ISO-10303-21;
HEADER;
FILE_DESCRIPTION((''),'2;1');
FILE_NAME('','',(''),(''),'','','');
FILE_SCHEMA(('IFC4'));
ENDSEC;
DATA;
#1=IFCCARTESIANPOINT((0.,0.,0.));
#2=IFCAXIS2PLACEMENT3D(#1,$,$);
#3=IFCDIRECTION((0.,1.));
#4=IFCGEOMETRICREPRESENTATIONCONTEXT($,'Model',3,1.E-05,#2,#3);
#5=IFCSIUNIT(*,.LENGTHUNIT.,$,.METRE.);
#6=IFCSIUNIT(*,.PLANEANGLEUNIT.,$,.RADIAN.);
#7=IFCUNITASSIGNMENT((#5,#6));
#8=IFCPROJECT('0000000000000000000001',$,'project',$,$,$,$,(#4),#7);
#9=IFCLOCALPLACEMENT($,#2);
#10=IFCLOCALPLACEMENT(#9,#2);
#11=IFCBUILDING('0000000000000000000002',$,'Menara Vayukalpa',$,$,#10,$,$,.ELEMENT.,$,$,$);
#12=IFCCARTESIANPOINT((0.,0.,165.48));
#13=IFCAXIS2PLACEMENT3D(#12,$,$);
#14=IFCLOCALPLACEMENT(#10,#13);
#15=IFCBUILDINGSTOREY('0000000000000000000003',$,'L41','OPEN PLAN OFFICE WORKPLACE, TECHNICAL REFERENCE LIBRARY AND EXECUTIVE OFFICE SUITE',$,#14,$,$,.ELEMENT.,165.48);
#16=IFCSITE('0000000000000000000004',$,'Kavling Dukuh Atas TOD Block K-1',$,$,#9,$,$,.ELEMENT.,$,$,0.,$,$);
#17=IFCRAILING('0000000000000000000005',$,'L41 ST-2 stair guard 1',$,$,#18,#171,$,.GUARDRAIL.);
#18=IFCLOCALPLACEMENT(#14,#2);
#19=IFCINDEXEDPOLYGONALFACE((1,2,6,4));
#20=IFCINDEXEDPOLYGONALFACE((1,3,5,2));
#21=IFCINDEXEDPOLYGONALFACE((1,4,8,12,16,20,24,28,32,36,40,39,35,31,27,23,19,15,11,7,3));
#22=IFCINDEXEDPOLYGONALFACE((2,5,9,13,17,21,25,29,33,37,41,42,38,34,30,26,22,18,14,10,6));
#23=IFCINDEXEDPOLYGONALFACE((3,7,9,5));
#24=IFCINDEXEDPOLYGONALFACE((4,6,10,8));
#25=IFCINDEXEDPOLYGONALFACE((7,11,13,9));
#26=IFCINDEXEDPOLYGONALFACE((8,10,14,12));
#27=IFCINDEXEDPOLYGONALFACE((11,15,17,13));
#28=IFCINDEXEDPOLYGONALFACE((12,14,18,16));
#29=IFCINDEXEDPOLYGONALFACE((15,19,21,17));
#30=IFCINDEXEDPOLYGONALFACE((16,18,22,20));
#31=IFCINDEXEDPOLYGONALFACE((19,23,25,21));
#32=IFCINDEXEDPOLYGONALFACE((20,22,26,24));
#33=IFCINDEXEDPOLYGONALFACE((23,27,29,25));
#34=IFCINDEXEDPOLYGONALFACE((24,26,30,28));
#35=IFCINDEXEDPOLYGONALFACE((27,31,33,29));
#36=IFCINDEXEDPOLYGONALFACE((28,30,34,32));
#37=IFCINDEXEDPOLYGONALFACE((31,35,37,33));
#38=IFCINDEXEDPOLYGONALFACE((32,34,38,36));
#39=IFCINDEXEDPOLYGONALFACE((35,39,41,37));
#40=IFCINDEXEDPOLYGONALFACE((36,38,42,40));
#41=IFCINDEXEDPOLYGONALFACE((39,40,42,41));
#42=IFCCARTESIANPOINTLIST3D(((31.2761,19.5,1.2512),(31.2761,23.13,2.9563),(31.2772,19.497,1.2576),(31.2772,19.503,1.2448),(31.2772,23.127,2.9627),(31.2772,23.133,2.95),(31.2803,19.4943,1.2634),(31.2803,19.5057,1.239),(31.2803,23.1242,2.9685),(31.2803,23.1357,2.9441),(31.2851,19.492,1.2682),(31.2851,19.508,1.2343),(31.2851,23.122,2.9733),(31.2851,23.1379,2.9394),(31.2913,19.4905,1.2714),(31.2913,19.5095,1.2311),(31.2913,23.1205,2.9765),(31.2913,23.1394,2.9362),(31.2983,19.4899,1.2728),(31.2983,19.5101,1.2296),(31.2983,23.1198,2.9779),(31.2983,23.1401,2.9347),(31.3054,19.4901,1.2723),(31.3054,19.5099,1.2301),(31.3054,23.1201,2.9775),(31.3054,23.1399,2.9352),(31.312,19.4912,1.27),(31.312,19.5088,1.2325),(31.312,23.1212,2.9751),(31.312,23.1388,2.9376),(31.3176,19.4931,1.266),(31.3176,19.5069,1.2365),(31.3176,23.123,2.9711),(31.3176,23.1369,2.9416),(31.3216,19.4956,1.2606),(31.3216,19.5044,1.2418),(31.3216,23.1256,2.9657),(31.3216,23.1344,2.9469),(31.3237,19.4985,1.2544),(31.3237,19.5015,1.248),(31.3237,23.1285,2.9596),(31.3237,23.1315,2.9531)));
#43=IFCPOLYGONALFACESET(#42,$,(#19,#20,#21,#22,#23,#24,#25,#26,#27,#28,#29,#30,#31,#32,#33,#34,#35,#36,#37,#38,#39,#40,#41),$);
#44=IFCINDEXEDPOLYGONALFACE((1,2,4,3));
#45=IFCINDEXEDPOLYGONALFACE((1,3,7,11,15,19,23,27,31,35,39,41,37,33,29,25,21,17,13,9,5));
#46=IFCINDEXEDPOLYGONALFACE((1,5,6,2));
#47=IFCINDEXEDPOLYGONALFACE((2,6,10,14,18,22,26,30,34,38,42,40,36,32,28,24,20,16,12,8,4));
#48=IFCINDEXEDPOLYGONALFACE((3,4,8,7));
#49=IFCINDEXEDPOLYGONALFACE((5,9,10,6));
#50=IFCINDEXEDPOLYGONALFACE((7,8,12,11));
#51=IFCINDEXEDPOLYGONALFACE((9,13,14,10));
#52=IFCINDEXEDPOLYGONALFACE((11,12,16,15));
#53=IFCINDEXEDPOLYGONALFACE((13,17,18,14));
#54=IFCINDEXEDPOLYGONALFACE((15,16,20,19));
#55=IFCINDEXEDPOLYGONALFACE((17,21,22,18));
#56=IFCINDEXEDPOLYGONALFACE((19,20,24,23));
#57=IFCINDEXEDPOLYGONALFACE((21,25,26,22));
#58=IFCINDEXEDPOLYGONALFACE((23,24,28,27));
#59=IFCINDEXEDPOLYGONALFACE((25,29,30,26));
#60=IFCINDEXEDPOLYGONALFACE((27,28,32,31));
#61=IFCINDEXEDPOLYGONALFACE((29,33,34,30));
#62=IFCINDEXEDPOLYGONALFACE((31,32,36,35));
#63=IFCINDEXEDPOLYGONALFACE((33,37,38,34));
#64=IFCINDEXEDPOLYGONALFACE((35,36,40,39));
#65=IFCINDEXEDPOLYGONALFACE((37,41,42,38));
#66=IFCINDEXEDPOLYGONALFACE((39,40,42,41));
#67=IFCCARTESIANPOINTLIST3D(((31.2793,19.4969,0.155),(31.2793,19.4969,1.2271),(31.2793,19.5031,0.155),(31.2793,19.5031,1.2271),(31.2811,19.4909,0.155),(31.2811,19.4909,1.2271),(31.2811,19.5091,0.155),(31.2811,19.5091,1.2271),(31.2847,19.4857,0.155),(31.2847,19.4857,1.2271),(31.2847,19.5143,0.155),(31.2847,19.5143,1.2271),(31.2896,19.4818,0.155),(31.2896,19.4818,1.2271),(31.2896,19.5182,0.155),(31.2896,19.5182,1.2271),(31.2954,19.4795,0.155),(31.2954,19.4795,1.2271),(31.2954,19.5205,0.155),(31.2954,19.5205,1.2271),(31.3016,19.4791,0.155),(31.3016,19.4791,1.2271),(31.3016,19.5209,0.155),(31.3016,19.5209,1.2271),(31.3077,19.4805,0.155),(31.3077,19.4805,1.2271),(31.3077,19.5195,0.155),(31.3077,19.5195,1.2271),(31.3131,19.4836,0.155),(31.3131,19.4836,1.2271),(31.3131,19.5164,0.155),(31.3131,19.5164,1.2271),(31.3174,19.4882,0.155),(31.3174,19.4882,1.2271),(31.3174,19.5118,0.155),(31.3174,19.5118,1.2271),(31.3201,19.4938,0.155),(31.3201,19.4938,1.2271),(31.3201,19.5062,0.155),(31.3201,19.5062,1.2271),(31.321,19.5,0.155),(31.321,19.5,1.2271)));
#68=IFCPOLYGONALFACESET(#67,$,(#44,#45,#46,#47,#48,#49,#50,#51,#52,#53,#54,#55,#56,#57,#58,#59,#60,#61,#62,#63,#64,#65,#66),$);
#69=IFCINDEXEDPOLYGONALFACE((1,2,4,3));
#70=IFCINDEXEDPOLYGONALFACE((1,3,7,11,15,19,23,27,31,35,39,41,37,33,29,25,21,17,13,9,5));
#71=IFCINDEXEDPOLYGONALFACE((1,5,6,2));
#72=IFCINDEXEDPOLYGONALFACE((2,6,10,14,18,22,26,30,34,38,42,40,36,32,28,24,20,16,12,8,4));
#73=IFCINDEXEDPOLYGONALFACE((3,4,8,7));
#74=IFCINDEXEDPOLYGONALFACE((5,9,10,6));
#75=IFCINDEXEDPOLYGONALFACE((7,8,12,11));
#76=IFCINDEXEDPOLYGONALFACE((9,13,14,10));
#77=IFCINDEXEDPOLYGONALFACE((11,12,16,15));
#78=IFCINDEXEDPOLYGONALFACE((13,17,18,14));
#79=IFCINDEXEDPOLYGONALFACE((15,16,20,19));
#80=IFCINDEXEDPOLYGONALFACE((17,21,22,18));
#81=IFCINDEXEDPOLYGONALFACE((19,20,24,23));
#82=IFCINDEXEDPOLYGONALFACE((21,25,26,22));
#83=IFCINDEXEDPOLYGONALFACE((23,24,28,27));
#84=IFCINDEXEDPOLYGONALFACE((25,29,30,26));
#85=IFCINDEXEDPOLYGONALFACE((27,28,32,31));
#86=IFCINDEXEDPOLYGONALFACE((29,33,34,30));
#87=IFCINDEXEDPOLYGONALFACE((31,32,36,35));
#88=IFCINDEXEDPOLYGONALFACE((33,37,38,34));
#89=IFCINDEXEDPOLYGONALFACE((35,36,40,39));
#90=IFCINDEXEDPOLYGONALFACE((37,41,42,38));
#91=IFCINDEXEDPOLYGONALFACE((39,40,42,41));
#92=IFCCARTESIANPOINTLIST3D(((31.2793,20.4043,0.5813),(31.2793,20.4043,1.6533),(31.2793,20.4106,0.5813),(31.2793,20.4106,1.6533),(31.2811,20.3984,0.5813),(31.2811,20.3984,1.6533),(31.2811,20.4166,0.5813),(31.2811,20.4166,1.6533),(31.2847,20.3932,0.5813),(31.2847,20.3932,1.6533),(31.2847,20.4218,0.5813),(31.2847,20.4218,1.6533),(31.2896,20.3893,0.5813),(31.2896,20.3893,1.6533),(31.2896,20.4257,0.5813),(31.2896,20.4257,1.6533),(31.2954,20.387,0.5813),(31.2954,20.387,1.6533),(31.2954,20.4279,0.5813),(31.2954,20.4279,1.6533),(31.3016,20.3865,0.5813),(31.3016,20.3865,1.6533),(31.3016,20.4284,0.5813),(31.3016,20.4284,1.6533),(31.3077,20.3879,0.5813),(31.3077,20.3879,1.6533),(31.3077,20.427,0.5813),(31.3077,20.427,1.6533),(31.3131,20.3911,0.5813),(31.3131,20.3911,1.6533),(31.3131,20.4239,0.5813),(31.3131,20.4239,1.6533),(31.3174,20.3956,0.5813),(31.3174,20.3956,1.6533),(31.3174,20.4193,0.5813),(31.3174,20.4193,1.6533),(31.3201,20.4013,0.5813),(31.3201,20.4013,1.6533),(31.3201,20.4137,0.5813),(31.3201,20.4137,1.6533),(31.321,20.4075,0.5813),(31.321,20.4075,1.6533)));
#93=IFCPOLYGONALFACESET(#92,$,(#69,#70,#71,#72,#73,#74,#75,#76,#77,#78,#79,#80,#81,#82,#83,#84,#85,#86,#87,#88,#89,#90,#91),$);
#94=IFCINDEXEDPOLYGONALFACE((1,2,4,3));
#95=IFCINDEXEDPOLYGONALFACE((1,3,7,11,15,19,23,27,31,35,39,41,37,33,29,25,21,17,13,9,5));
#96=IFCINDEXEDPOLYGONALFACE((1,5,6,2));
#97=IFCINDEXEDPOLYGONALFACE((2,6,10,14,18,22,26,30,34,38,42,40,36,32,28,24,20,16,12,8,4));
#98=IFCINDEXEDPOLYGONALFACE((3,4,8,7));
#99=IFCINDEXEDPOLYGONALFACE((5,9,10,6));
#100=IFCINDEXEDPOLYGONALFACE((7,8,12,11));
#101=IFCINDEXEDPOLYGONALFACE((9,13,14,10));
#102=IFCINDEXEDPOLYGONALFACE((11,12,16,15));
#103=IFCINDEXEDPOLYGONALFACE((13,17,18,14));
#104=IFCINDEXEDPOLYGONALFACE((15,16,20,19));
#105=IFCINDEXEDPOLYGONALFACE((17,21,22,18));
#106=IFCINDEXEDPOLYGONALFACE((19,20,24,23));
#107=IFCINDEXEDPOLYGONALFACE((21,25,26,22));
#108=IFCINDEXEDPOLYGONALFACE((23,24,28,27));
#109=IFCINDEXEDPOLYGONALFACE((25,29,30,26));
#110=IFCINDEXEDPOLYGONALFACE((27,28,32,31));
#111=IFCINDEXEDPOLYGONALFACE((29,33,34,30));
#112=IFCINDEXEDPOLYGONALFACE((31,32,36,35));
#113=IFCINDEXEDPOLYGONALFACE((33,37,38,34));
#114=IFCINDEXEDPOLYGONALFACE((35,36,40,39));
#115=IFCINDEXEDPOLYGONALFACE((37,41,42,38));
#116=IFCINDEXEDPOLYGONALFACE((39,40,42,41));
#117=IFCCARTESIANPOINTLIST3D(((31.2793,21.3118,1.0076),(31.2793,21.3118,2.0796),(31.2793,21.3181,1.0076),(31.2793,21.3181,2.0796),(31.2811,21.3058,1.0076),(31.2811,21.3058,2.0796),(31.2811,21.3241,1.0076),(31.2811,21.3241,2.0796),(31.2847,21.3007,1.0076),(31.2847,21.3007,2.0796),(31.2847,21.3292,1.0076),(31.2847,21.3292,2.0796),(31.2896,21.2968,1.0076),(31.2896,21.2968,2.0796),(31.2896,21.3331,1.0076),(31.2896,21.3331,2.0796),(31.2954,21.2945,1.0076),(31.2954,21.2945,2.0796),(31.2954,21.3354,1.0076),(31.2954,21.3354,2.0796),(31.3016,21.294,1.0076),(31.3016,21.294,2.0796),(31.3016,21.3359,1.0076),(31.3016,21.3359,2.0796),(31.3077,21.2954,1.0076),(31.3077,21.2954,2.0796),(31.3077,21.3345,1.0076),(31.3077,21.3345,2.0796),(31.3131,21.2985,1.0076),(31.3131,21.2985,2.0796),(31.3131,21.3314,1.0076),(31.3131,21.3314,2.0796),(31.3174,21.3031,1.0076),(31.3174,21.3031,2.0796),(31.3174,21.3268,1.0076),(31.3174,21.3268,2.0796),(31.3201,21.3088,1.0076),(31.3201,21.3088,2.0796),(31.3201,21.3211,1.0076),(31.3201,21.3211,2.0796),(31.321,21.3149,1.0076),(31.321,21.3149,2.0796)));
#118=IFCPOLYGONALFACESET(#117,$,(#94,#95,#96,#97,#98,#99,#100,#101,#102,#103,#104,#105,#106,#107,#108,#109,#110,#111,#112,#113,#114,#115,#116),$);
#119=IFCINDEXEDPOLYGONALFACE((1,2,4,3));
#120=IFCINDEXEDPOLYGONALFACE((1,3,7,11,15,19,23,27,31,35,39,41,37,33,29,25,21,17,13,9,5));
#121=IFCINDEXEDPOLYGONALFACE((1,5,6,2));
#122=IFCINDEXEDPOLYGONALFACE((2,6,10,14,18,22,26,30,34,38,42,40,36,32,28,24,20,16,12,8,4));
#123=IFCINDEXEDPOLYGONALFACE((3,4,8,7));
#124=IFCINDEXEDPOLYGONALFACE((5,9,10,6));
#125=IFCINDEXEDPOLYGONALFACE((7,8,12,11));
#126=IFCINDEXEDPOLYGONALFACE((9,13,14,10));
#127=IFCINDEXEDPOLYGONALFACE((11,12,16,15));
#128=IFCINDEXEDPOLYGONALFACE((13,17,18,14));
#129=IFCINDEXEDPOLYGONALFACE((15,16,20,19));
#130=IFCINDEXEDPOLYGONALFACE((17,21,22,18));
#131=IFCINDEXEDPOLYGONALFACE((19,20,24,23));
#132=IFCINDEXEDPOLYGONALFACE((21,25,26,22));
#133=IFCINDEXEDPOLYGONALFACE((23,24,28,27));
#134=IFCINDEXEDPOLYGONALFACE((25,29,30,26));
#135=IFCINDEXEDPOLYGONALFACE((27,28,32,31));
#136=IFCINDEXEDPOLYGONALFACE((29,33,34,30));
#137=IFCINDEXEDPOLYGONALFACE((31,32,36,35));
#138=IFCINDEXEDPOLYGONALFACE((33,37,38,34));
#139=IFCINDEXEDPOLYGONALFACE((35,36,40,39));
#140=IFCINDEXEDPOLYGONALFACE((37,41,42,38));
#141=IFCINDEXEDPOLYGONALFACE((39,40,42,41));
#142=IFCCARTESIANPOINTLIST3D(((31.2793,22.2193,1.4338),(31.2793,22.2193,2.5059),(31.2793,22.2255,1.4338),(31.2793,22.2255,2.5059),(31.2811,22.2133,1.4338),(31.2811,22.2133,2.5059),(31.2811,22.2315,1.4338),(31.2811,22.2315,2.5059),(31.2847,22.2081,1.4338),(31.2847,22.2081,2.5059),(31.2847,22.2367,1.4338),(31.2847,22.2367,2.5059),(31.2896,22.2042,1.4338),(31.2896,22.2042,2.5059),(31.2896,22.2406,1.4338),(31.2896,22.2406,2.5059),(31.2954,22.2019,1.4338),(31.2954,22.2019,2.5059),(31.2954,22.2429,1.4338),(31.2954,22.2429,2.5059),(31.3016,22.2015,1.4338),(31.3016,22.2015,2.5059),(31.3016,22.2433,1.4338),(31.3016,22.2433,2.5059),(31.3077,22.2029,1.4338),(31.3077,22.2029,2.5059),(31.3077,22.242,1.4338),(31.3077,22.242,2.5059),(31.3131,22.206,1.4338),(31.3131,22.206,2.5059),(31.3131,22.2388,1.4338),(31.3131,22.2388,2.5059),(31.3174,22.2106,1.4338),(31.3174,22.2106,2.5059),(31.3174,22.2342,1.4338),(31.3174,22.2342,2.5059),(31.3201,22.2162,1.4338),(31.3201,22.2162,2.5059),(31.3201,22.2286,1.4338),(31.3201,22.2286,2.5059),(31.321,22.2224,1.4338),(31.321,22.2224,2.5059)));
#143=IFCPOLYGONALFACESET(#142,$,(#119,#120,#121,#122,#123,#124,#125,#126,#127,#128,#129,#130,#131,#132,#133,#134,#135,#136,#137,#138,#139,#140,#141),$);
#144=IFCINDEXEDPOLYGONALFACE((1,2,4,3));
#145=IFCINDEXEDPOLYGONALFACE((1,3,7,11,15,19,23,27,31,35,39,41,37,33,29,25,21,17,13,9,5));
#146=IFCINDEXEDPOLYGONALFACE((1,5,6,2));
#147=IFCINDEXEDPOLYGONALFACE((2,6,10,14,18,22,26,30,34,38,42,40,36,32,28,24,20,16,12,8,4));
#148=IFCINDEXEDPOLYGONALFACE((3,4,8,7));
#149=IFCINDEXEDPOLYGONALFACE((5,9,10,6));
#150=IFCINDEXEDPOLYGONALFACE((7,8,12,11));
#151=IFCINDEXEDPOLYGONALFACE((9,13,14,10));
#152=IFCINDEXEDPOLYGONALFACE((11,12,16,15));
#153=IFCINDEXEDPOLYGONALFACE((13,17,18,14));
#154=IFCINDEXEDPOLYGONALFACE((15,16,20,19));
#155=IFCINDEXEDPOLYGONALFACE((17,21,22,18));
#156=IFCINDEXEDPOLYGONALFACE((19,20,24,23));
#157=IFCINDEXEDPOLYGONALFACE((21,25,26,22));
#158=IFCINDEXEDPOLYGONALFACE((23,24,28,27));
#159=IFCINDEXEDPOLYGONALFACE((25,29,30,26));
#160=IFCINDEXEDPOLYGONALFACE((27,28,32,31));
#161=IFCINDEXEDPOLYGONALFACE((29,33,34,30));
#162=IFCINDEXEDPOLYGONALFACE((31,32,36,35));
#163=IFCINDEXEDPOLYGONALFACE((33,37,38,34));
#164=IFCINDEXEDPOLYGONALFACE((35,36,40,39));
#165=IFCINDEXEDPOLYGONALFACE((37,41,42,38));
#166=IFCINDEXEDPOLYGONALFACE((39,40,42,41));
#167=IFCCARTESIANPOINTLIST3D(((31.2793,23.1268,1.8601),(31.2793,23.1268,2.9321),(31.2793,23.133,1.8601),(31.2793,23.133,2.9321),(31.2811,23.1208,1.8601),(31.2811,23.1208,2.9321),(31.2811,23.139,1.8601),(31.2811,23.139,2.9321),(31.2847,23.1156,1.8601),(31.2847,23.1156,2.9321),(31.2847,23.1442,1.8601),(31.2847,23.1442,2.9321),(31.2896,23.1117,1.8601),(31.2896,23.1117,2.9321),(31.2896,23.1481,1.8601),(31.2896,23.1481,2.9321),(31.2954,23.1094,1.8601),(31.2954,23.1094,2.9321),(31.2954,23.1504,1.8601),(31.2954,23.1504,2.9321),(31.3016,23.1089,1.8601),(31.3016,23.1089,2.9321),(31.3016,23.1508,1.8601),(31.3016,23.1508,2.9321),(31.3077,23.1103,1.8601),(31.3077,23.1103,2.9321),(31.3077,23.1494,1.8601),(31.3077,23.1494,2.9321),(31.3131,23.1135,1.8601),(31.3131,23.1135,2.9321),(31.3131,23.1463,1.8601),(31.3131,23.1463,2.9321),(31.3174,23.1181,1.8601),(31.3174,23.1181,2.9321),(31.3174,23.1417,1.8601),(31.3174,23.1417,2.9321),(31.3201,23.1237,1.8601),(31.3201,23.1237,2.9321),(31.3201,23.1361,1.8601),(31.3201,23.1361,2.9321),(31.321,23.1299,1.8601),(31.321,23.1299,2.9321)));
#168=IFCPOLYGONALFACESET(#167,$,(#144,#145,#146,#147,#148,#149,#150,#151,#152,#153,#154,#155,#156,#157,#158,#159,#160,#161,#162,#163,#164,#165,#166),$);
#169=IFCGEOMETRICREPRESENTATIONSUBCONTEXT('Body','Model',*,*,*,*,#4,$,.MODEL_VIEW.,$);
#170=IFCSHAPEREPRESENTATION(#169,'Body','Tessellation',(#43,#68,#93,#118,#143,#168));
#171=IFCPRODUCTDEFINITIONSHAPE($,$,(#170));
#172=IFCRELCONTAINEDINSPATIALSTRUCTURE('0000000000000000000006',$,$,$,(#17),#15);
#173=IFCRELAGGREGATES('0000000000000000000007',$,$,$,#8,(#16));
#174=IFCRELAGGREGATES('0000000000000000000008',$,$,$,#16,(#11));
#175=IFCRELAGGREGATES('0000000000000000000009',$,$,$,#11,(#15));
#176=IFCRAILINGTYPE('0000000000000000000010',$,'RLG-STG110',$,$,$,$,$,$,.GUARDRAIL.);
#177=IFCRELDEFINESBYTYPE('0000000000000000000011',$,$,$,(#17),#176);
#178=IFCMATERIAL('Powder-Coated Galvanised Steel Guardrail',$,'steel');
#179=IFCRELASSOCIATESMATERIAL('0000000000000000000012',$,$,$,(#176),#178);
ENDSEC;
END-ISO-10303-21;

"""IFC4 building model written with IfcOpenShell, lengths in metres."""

from ifc_helpers import new_model, si_unit, direction, frame, origin, origin_2d, place, context, subcontext, project, spatial, circle, extrude, material, type_object, element, save


model = new_model("IFC4")

# Units and contexts
model_context = context("Model", 3, precision=1e-05, world=origin(), true_north=direction((0.0, 1.0)))
body_context = subcontext(model_context, "Body", "Model", "MODEL_VIEW")
ifc_project = project(units=[si_unit("LENGTHUNIT", "METRE"), si_unit("PLANEANGLEUNIT", "RADIAN")], contexts=[model_context])

# Site, building, storey
site_placement = place(None, origin())
site = spatial("IfcSite", under=ifc_project, at=site_placement, Name="Kavling Dukuh Atas TOD Block K-1", CompositionType="ELEMENT", RefElevation=0.0)
building_placement = place(site_placement, origin())
building = spatial("IfcBuilding", under=site, at=building_placement, Name="Menara Vayukalpa", CompositionType="ELEMENT")
storey_placement = place(building_placement, frame((0.0, 0.0, 165.48)))
storey = spatial("IfcBuildingStorey", under=building, at=storey_placement, Name="L41", Description="OPEN PLAN OFFICE WORKPLACE, TECHNICAL REFERENCE LIBRARY AND EXECUTIVE OFFICE SUITE", CompositionType="ELEMENT", Elevation=165.48)

# Railing
ifc_material_1 = material(Name="Powder-Coated Galvanised Steel Guardrail", Category="steel")
railing_type = type_object("IfcRailingType", Name="RLG-STG110", PredefinedType="GUARDRAIL", material=ifc_material_1)
railing_1_placement = place(storey_placement, frame((31.3, 19.5, 0.155)))
element("IfcRailing", 1, at=railing_1_placement, inside=storey, type_object=railing_type, Name="L41 ST-2 stair guard 1", PredefinedType="GUARDRAIL", context=body_context, shape_type="SweptSolid", body=[
    extrude(circle(Radius=0.0239, at=origin_2d()), frame((0.0, 0.0, 1.0962), z_axis=(0.0, 0.905116, 0.425164), x_axis=(-1.0, 0.0, 0.0)), (0.0, 0.0, 1.0), 4.0105),
    extrude(circle(Radius=0.021, at=origin_2d()), origin(), (0.0, 0.0, 1.0), 1.072),
    extrude(circle(Radius=0.021, at=origin_2d()), frame((0.0, 0.9075, 0.4263)), (0.0, 0.0, 1.0), 1.072),
    extrude(circle(Radius=0.021, at=origin_2d()), frame((0.0, 1.8149, 0.8525)), (0.0, 0.0, 1.0), 1.072),
    extrude(circle(Radius=0.021, at=origin_2d()), frame((0.0, 2.7224, 1.2788)), (0.0, 0.0, 1.0), 1.072),
    extrude(circle(Radius=0.021, at=origin_2d()), frame((0.0, 3.6299, 1.7051)), (0.0, 0.0, 1.0), 1.072),
])

save(model, "model.ifc")
